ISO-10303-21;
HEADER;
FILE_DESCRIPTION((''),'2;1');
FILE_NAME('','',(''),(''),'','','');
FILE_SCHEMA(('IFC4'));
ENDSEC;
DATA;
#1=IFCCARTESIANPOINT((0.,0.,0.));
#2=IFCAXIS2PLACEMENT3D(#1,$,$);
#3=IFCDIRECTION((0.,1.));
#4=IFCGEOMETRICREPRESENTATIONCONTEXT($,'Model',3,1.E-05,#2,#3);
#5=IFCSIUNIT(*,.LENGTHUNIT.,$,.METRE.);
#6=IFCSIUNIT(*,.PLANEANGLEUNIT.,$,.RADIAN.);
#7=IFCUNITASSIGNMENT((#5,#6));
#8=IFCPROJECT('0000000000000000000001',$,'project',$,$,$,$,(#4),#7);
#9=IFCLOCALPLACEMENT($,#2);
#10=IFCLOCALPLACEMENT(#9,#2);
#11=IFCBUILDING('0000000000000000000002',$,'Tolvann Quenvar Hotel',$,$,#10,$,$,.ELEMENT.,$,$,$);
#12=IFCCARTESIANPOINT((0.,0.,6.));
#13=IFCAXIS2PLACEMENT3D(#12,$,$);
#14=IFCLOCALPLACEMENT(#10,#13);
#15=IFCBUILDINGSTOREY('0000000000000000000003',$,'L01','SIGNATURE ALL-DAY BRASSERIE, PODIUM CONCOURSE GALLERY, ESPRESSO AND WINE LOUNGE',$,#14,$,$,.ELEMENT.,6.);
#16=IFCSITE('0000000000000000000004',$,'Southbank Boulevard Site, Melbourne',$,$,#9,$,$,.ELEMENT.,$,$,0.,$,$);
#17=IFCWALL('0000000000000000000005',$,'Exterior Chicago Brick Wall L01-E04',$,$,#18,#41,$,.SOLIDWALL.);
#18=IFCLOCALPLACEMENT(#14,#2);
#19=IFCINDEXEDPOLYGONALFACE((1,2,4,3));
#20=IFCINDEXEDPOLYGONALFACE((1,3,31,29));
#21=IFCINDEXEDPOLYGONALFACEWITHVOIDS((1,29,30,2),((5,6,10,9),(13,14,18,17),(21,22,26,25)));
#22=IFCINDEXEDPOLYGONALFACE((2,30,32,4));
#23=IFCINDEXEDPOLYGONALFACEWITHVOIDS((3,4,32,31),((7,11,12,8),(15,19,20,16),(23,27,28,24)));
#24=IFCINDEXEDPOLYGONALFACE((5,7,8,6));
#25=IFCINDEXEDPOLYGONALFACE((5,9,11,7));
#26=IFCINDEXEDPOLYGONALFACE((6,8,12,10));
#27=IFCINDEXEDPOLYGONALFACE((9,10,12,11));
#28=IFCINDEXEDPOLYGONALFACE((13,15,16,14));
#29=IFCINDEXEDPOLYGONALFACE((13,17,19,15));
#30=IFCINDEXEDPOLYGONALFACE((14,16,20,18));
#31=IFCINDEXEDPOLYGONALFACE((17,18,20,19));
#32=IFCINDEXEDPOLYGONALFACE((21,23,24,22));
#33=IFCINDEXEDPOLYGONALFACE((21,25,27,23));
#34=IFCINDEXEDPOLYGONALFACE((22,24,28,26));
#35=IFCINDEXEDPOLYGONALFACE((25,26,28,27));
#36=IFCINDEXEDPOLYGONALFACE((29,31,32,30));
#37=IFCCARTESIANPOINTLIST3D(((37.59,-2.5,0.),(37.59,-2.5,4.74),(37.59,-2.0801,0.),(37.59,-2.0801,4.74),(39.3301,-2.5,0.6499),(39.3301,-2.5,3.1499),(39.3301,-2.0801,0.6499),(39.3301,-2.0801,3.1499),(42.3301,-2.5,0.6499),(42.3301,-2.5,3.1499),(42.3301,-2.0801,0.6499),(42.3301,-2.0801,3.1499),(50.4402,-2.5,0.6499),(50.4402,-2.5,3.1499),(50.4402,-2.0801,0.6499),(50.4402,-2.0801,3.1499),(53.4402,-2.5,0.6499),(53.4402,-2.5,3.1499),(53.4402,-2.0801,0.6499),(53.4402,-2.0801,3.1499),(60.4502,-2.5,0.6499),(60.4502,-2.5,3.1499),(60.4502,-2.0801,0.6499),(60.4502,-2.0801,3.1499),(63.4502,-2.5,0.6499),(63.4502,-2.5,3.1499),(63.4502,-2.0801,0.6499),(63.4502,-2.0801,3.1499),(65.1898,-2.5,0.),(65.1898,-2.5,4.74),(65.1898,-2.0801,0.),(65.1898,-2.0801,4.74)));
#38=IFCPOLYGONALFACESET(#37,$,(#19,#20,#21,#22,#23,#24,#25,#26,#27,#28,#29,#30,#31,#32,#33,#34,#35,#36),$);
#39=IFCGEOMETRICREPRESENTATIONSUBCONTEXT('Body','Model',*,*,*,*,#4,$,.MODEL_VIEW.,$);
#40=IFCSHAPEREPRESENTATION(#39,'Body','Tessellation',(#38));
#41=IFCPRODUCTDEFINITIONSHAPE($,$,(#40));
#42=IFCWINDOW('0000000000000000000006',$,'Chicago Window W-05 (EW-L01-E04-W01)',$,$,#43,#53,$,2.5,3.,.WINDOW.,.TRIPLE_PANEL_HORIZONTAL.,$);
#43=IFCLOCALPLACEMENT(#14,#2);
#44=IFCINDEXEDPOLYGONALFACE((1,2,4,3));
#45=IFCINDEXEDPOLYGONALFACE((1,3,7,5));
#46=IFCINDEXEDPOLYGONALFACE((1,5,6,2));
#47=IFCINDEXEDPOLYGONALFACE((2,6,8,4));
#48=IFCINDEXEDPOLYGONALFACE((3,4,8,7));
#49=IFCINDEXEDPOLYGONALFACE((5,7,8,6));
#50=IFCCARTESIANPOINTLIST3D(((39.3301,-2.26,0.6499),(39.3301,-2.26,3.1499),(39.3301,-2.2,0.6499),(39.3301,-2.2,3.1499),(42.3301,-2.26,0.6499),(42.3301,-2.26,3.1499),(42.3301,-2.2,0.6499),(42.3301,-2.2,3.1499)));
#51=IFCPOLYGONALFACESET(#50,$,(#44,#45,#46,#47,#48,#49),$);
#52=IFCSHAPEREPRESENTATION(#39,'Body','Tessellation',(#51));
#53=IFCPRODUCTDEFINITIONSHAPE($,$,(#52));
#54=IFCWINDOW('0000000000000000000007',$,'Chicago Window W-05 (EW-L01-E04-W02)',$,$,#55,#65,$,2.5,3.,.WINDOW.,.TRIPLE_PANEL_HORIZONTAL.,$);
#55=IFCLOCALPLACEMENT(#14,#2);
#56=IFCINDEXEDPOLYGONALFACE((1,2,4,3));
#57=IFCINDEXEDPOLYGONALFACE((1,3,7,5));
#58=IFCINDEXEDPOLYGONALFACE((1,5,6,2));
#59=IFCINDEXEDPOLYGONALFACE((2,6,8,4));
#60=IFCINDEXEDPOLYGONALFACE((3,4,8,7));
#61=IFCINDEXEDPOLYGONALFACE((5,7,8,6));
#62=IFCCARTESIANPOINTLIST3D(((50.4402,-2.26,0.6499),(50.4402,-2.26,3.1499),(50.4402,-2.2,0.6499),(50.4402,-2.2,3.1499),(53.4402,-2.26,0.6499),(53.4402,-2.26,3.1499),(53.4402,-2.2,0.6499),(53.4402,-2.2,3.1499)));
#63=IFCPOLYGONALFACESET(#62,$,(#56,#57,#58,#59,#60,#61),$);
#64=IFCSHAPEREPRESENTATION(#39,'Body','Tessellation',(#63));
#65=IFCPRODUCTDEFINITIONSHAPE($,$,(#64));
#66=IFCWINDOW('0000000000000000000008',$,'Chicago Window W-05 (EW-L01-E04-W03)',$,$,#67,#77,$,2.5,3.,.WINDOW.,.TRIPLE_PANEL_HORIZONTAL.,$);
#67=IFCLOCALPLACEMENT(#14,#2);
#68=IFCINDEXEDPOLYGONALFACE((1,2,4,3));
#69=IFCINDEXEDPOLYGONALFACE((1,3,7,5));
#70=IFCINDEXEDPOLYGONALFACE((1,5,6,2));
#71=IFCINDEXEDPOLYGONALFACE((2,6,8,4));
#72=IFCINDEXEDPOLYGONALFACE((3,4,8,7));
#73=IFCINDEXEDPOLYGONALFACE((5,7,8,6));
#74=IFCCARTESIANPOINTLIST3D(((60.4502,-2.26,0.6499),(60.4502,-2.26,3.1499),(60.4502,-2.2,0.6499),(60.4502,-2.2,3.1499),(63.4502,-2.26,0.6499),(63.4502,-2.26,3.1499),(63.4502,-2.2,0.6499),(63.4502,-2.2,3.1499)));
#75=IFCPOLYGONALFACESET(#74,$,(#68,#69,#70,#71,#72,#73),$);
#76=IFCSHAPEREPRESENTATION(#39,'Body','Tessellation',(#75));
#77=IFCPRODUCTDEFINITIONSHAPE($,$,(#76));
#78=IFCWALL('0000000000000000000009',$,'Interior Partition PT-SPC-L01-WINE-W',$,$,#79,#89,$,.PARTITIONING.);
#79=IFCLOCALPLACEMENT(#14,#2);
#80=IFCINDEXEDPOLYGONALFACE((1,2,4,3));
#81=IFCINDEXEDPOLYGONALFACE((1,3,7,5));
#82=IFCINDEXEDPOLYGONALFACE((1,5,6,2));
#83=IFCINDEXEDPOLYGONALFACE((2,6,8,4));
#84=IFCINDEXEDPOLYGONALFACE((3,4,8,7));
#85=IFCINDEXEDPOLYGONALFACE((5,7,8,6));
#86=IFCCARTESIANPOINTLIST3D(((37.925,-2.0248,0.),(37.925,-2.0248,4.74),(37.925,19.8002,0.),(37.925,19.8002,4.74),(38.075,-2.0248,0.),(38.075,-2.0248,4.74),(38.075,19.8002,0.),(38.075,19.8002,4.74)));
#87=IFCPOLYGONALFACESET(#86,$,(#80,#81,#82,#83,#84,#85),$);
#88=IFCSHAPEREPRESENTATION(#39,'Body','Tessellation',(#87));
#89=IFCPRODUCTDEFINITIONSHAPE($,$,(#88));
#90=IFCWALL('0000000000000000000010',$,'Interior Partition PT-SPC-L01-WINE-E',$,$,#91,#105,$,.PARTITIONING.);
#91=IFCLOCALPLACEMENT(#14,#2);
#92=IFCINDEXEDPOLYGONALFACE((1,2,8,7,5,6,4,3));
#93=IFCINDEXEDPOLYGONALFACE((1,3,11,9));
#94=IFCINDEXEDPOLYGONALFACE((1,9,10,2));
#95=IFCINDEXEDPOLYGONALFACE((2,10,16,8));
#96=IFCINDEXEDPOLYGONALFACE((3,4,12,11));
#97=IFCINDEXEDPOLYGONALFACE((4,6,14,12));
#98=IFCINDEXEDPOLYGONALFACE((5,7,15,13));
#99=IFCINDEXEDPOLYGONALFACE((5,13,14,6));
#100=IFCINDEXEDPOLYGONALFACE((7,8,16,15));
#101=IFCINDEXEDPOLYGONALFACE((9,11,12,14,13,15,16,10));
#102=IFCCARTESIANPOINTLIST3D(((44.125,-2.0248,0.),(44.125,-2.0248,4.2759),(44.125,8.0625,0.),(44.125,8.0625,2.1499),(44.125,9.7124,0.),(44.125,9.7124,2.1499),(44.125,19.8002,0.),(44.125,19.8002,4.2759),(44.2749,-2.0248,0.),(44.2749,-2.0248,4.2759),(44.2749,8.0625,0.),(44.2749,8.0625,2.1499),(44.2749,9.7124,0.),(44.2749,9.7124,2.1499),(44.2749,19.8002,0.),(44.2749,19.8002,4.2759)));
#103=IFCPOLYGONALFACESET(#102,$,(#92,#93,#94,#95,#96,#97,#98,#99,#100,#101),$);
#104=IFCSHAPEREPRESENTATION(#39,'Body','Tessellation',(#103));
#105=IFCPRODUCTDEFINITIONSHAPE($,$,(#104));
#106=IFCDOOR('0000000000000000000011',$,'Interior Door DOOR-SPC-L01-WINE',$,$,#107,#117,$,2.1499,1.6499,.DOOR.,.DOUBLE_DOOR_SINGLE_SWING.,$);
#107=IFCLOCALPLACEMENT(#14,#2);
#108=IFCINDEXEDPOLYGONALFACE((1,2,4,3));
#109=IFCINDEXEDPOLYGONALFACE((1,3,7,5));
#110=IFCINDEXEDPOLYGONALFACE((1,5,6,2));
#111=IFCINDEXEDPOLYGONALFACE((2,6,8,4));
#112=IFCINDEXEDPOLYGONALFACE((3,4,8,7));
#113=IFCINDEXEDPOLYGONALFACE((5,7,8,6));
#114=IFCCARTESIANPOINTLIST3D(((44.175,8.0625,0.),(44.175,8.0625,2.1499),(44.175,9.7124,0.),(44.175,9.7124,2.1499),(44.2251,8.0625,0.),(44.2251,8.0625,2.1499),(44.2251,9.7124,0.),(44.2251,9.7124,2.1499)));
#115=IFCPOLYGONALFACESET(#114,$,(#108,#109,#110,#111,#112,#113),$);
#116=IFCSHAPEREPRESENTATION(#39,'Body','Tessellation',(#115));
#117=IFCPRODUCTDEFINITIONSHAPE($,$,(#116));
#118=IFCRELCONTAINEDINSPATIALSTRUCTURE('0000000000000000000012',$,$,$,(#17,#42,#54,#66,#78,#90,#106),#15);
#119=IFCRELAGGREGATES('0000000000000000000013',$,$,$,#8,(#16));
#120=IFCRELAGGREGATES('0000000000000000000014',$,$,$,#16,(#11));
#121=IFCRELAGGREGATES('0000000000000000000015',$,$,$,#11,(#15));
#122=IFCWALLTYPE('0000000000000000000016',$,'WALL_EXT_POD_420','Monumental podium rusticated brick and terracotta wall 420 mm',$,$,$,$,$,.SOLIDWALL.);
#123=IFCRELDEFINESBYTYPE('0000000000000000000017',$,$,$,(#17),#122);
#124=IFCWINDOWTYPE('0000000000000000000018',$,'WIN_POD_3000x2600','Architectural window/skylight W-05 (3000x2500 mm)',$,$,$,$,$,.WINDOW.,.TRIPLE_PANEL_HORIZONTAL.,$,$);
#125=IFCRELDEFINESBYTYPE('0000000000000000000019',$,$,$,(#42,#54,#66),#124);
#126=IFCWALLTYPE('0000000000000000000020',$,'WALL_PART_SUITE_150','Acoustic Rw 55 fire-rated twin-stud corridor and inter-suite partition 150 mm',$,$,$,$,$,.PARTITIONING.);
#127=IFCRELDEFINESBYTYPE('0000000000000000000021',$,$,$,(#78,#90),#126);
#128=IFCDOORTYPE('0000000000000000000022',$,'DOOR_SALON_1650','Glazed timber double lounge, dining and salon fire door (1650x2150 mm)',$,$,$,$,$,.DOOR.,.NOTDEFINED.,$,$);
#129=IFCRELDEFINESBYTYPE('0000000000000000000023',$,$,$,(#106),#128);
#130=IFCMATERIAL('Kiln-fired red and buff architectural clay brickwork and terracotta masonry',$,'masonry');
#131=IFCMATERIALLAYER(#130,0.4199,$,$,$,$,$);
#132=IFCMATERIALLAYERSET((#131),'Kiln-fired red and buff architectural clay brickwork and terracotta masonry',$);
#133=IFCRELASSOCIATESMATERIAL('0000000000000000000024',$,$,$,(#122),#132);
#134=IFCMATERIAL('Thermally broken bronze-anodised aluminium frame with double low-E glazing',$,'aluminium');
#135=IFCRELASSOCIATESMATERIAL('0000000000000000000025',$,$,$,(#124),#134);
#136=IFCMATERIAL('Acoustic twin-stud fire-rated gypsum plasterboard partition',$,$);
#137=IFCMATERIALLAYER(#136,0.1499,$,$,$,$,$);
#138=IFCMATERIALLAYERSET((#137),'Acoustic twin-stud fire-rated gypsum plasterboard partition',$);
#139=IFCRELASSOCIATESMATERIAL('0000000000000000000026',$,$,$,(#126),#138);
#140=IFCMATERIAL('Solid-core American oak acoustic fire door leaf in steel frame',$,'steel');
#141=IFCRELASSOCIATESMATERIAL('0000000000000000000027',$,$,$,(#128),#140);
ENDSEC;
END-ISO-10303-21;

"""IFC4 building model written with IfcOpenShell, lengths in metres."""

from ifc_helpers import new_model, si_unit, direction, frame, frame_2d, origin, place, context, subcontext, project, spatial, rectangle, extrude, source, transform, mapped, material, layer, layer_set, type_object, type_shapes, element, fill, save


model = new_model("IFC4")

# Units and contexts
model_context = context("Model", 3, precision=1e-05, world=origin(), true_north=direction((0.0, 1.0)))
body_context = subcontext(model_context, "Body", "Model", "MODEL_VIEW")
ifc_project = project(units=[si_unit("LENGTHUNIT", "METRE"), si_unit("PLANEANGLEUNIT", "RADIAN")], contexts=[model_context])

# Site, building, storey
site_placement = place(None, origin())
site = spatial("IfcSite", under=ifc_project, at=site_placement, Name="Southbank Boulevard Site, Melbourne", CompositionType="ELEMENT", RefElevation=0.0)
building_placement = place(site_placement, origin())
building = spatial("IfcBuilding", under=site, at=building_placement, Name="Tolvann Quenvar Hotel", CompositionType="ELEMENT")
storey_placement = place(building_placement, frame((0.0, 0.0, 6.0)))
storey = spatial("IfcBuildingStorey", under=building, at=storey_placement, Name="L01", Description="SIGNATURE ALL-DAY BRASSERIE, PODIUM CONCOURSE GALLERY, ESPRESSO AND WINE LOUNGE", CompositionType="ELEMENT", Elevation=6.0)

# Wall, openings, windows
ifc_material_1 = material(Name="Kiln-fired red and buff architectural clay brickwork and terracotta masonry", Category="masonry")
ifc_layer_1 = layer(ifc_material_1, 0.4199)
ifc_layer_set_1 = layer_set([ifc_layer_1], Name="Kiln-fired red and buff architectural clay brickwork and terracotta masonry")
wall_type_1 = type_object("IfcWallType", Name="WALL_EXT_POD_420", Description="Monumental podium rusticated brick and terracotta wall 420 mm", PredefinedType="SOLIDWALL", material=ifc_layer_set_1)
wall_1_placement = place(storey_placement, frame((37.5901, -2.29, 0.0), z_axis=(0.0, 0.0, 1.0), x_axis=(1.0, 0.0, 0.0)))
wall_1 = element("IfcWall", 1, at=wall_1_placement, inside=storey, type_object=wall_type_1, Name="Exterior Chicago Brick Wall L01-E04", PredefinedType="SOLIDWALL", context=body_context, shape_type="SweptSolid", body=[
    extrude(rectangle(XDim=27.5999, YDim=0.4199, at=frame_2d((13.7998, 0.0))), origin(), (0.0, 0.0, 1.0), 4.74),
])
opening_1_placement = place(wall_1_placement, frame((1.74, 0.0, 0.6499)))
opening_1 = element("IfcOpeningElement", 2, at=opening_1_placement, cuts=wall_1, PredefinedType="OPENING", context=body_context, shape_type="SweptSolid", body=[
    extrude(rectangle(XDim=3.0, YDim=2.5, at=frame_2d((1.5, 1.25))), frame((0.0, 0.22, 0.0), z_axis=(0.0, -1.0, 0.0), x_axis=(1.0, 0.0, 0.0)), (0.0, 0.0, 1.0), 0.4399),
])
opening_2_placement = place(wall_1_placement, frame((12.8501, 0.0, 0.6499)))
opening_2 = element("IfcOpeningElement", 3, at=opening_2_placement, cuts=wall_1, PredefinedType="OPENING", context=body_context, shape_type="SweptSolid", body=[
    extrude(rectangle(XDim=3.0, YDim=2.5, at=frame_2d((1.5, 1.25))), frame((0.0, 0.22, 0.0), z_axis=(0.0, -1.0, 0.0), x_axis=(1.0, 0.0, 0.0)), (0.0, 0.0, 1.0), 0.4399),
])
opening_3_placement = place(wall_1_placement, frame((22.8601, 0.0, 0.6499)))
opening_3 = element("IfcOpeningElement", 4, at=opening_3_placement, cuts=wall_1, PredefinedType="OPENING", context=body_context, shape_type="SweptSolid", body=[
    extrude(rectangle(XDim=3.0, YDim=2.5, at=frame_2d((1.5, 1.25))), frame((0.0, 0.22, 0.0), z_axis=(0.0, -1.0, 0.0), x_axis=(1.0, 0.0, 0.0)), (0.0, 0.0, 1.0), 0.4399),
])
ifc_material_2 = material(Name="Thermally broken bronze-anodised aluminium frame with double low-E glazing", Category="aluminium")
window_type = type_object("IfcWindowType", Name="WIN_POD_3000x2600", Description="Architectural window/skylight W-05 (3000x2500 mm)", PartitioningType="TRIPLE_PANEL_HORIZONTAL", PredefinedType="WINDOW", material=ifc_material_2)
shared_shape_1 = source(origin(), body_context, "Body", "SweptSolid", [
    extrude(rectangle(XDim=3.0, YDim=2.5, at=frame_2d((1.5, 1.25))), frame((0.0, 0.0901, 0.0), z_axis=(0.0, -1.0, 0.0), x_axis=(1.0, 0.0, 0.0)), (0.0, 0.0, 1.0), 0.0601),
])
type_shapes(window_type, [shared_shape_1])
window_1_placement = place(opening_1_placement, origin())
window_1 = element("IfcWindow", 5, at=window_1_placement, inside=storey, type_object=window_type, Name="Chicago Window W-05 (EW-L01-E04-W01)", OverallHeight=2.5, OverallWidth=3.0, PartitioningType="TRIPLE_PANEL_HORIZONTAL", PredefinedType="WINDOW", context=body_context, shape_type="MappedRepresentation", body=[
    mapped(shared_shape_1, transform((0.0, 0.0, 0.0), x_axis=(1.0, 0.0, 0.0), y_axis=(0.0, 1.0, 0.0), z_axis=(0.0, 0.0, 1.0), scale=1.0)),
])
fill(opening_1, window_1)
window_2_placement = place(opening_2_placement, origin())
window_2 = element("IfcWindow", 6, at=window_2_placement, inside=storey, type_object=window_type, Name="Chicago Window W-05 (EW-L01-E04-W02)", OverallHeight=2.5, OverallWidth=3.0, PartitioningType="TRIPLE_PANEL_HORIZONTAL", PredefinedType="WINDOW", context=body_context, shape_type="MappedRepresentation", body=[
    mapped(shared_shape_1, transform((0.0, 0.0, 0.0), x_axis=(1.0, 0.0, 0.0), y_axis=(0.0, 1.0, 0.0), z_axis=(0.0, 0.0, 1.0), scale=1.0)),
])
fill(opening_2, window_2)
window_3_placement = place(opening_3_placement, origin())
window_3 = element("IfcWindow", 7, at=window_3_placement, inside=storey, type_object=window_type, Name="Chicago Window W-05 (EW-L01-E04-W03)", OverallHeight=2.5, OverallWidth=3.0, PartitioningType="TRIPLE_PANEL_HORIZONTAL", PredefinedType="WINDOW", context=body_context, shape_type="MappedRepresentation", body=[
    mapped(shared_shape_1, transform((0.0, 0.0, 0.0), x_axis=(1.0, 0.0, 0.0), y_axis=(0.0, 1.0, 0.0), z_axis=(0.0, 0.0, 1.0), scale=1.0)),
])
fill(opening_3, window_3)

# Wall
ifc_material_3 = material(Name="Acoustic twin-stud fire-rated gypsum plasterboard partition")
ifc_layer_2 = layer(ifc_material_3, 0.1499)
ifc_layer_set_2 = layer_set([ifc_layer_2], Name="Acoustic twin-stud fire-rated gypsum plasterboard partition")
wall_type_2 = type_object("IfcWallType", Name="WALL_PART_SUITE_150", Description="Acoustic Rw 55 fire-rated twin-stud corridor and inter-suite partition 150 mm", PredefinedType="PARTITIONING", material=ifc_layer_set_2)
wall_2_placement = place(storey_placement, frame((38.0, -2.0249, 0.0), z_axis=(0.0, 0.0, 1.0), x_axis=(0.0, 1.0, 0.0)))
element("IfcWall", 8, at=wall_2_placement, inside=storey, type_object=wall_type_2, Name="Interior Partition PT-SPC-L01-WINE-W", PredefinedType="PARTITIONING", context=body_context, shape_type="SweptSolid", body=[
    extrude(rectangle(XDim=21.825, YDim=0.1499, at=frame_2d((10.9126, 0.0))), origin(), (0.0, 0.0, 1.0), 4.74),
])

# Wall, opening, door
wall_3_placement = place(storey_placement, frame((44.2, -2.0249, 0.0), z_axis=(0.0, 0.0, 1.0), x_axis=(0.0, 1.0, 0.0)))
wall_3 = element("IfcWall", 9, at=wall_3_placement, inside=storey, type_object=wall_type_2, Name="Interior Partition PT-SPC-L01-WINE-E", PredefinedType="PARTITIONING", context=body_context, shape_type="SweptSolid", body=[
    extrude(rectangle(XDim=21.825, YDim=0.1499, at=frame_2d((10.9126, 0.0))), origin(), (0.0, 0.0, 1.0), 4.2759),
])
opening_4_placement = place(wall_3_placement, frame((10.0874, 0.0, 0.0)))
opening_4 = element("IfcOpeningElement", 10, at=opening_4_placement, cuts=wall_3, PredefinedType="OPENING", context=body_context, shape_type="SweptSolid", body=[
    extrude(rectangle(XDim=1.6499, YDim=2.1499, at=frame_2d((0.825, 1.075))), frame((0.0, 0.085, 0.0), z_axis=(0.0, -1.0, 0.0), x_axis=(1.0, 0.0, 0.0)), (0.0, 0.0, 1.0), 0.1699),
])
ifc_material_4 = material(Name="Solid-core American oak acoustic fire door leaf in steel frame", Category="steel")
door_type = type_object("IfcDoorType", Name="DOOR_SALON_1650", Description="Glazed timber double lounge, dining and salon fire door (1650x2150 mm)", OperationType="NOTDEFINED", PredefinedType="DOOR", material=ifc_material_4)
shared_shape_2 = source(origin(), body_context, "Body", "SweptSolid", [
    extrude(rectangle(XDim=1.6499, YDim=2.1499, at=frame_2d((0.825, 1.075))), frame((0.0, 0.0249, 0.0), z_axis=(0.0, -1.0, 0.0), x_axis=(1.0, 0.0, 0.0)), (0.0, 0.0, 1.0), 0.05),
])
type_shapes(door_type, [shared_shape_2])
door_placement = place(opening_4_placement, origin())
door = element("IfcDoor", 11, at=door_placement, inside=storey, type_object=door_type, Name="Interior Door DOOR-SPC-L01-WINE", OperationType="DOUBLE_DOOR_SINGLE_SWING", OverallHeight=2.1499, OverallWidth=1.6499, PredefinedType="DOOR", context=body_context, shape_type="MappedRepresentation", body=[
    mapped(shared_shape_2, transform((0.0, 0.0, 0.0), x_axis=(1.0, 0.0, 0.0), y_axis=(0.0, 1.0, 0.0), z_axis=(0.0, 0.0, 1.0), scale=1.0)),
])
fill(opening_4, door)

save(model, "model.ifc")
